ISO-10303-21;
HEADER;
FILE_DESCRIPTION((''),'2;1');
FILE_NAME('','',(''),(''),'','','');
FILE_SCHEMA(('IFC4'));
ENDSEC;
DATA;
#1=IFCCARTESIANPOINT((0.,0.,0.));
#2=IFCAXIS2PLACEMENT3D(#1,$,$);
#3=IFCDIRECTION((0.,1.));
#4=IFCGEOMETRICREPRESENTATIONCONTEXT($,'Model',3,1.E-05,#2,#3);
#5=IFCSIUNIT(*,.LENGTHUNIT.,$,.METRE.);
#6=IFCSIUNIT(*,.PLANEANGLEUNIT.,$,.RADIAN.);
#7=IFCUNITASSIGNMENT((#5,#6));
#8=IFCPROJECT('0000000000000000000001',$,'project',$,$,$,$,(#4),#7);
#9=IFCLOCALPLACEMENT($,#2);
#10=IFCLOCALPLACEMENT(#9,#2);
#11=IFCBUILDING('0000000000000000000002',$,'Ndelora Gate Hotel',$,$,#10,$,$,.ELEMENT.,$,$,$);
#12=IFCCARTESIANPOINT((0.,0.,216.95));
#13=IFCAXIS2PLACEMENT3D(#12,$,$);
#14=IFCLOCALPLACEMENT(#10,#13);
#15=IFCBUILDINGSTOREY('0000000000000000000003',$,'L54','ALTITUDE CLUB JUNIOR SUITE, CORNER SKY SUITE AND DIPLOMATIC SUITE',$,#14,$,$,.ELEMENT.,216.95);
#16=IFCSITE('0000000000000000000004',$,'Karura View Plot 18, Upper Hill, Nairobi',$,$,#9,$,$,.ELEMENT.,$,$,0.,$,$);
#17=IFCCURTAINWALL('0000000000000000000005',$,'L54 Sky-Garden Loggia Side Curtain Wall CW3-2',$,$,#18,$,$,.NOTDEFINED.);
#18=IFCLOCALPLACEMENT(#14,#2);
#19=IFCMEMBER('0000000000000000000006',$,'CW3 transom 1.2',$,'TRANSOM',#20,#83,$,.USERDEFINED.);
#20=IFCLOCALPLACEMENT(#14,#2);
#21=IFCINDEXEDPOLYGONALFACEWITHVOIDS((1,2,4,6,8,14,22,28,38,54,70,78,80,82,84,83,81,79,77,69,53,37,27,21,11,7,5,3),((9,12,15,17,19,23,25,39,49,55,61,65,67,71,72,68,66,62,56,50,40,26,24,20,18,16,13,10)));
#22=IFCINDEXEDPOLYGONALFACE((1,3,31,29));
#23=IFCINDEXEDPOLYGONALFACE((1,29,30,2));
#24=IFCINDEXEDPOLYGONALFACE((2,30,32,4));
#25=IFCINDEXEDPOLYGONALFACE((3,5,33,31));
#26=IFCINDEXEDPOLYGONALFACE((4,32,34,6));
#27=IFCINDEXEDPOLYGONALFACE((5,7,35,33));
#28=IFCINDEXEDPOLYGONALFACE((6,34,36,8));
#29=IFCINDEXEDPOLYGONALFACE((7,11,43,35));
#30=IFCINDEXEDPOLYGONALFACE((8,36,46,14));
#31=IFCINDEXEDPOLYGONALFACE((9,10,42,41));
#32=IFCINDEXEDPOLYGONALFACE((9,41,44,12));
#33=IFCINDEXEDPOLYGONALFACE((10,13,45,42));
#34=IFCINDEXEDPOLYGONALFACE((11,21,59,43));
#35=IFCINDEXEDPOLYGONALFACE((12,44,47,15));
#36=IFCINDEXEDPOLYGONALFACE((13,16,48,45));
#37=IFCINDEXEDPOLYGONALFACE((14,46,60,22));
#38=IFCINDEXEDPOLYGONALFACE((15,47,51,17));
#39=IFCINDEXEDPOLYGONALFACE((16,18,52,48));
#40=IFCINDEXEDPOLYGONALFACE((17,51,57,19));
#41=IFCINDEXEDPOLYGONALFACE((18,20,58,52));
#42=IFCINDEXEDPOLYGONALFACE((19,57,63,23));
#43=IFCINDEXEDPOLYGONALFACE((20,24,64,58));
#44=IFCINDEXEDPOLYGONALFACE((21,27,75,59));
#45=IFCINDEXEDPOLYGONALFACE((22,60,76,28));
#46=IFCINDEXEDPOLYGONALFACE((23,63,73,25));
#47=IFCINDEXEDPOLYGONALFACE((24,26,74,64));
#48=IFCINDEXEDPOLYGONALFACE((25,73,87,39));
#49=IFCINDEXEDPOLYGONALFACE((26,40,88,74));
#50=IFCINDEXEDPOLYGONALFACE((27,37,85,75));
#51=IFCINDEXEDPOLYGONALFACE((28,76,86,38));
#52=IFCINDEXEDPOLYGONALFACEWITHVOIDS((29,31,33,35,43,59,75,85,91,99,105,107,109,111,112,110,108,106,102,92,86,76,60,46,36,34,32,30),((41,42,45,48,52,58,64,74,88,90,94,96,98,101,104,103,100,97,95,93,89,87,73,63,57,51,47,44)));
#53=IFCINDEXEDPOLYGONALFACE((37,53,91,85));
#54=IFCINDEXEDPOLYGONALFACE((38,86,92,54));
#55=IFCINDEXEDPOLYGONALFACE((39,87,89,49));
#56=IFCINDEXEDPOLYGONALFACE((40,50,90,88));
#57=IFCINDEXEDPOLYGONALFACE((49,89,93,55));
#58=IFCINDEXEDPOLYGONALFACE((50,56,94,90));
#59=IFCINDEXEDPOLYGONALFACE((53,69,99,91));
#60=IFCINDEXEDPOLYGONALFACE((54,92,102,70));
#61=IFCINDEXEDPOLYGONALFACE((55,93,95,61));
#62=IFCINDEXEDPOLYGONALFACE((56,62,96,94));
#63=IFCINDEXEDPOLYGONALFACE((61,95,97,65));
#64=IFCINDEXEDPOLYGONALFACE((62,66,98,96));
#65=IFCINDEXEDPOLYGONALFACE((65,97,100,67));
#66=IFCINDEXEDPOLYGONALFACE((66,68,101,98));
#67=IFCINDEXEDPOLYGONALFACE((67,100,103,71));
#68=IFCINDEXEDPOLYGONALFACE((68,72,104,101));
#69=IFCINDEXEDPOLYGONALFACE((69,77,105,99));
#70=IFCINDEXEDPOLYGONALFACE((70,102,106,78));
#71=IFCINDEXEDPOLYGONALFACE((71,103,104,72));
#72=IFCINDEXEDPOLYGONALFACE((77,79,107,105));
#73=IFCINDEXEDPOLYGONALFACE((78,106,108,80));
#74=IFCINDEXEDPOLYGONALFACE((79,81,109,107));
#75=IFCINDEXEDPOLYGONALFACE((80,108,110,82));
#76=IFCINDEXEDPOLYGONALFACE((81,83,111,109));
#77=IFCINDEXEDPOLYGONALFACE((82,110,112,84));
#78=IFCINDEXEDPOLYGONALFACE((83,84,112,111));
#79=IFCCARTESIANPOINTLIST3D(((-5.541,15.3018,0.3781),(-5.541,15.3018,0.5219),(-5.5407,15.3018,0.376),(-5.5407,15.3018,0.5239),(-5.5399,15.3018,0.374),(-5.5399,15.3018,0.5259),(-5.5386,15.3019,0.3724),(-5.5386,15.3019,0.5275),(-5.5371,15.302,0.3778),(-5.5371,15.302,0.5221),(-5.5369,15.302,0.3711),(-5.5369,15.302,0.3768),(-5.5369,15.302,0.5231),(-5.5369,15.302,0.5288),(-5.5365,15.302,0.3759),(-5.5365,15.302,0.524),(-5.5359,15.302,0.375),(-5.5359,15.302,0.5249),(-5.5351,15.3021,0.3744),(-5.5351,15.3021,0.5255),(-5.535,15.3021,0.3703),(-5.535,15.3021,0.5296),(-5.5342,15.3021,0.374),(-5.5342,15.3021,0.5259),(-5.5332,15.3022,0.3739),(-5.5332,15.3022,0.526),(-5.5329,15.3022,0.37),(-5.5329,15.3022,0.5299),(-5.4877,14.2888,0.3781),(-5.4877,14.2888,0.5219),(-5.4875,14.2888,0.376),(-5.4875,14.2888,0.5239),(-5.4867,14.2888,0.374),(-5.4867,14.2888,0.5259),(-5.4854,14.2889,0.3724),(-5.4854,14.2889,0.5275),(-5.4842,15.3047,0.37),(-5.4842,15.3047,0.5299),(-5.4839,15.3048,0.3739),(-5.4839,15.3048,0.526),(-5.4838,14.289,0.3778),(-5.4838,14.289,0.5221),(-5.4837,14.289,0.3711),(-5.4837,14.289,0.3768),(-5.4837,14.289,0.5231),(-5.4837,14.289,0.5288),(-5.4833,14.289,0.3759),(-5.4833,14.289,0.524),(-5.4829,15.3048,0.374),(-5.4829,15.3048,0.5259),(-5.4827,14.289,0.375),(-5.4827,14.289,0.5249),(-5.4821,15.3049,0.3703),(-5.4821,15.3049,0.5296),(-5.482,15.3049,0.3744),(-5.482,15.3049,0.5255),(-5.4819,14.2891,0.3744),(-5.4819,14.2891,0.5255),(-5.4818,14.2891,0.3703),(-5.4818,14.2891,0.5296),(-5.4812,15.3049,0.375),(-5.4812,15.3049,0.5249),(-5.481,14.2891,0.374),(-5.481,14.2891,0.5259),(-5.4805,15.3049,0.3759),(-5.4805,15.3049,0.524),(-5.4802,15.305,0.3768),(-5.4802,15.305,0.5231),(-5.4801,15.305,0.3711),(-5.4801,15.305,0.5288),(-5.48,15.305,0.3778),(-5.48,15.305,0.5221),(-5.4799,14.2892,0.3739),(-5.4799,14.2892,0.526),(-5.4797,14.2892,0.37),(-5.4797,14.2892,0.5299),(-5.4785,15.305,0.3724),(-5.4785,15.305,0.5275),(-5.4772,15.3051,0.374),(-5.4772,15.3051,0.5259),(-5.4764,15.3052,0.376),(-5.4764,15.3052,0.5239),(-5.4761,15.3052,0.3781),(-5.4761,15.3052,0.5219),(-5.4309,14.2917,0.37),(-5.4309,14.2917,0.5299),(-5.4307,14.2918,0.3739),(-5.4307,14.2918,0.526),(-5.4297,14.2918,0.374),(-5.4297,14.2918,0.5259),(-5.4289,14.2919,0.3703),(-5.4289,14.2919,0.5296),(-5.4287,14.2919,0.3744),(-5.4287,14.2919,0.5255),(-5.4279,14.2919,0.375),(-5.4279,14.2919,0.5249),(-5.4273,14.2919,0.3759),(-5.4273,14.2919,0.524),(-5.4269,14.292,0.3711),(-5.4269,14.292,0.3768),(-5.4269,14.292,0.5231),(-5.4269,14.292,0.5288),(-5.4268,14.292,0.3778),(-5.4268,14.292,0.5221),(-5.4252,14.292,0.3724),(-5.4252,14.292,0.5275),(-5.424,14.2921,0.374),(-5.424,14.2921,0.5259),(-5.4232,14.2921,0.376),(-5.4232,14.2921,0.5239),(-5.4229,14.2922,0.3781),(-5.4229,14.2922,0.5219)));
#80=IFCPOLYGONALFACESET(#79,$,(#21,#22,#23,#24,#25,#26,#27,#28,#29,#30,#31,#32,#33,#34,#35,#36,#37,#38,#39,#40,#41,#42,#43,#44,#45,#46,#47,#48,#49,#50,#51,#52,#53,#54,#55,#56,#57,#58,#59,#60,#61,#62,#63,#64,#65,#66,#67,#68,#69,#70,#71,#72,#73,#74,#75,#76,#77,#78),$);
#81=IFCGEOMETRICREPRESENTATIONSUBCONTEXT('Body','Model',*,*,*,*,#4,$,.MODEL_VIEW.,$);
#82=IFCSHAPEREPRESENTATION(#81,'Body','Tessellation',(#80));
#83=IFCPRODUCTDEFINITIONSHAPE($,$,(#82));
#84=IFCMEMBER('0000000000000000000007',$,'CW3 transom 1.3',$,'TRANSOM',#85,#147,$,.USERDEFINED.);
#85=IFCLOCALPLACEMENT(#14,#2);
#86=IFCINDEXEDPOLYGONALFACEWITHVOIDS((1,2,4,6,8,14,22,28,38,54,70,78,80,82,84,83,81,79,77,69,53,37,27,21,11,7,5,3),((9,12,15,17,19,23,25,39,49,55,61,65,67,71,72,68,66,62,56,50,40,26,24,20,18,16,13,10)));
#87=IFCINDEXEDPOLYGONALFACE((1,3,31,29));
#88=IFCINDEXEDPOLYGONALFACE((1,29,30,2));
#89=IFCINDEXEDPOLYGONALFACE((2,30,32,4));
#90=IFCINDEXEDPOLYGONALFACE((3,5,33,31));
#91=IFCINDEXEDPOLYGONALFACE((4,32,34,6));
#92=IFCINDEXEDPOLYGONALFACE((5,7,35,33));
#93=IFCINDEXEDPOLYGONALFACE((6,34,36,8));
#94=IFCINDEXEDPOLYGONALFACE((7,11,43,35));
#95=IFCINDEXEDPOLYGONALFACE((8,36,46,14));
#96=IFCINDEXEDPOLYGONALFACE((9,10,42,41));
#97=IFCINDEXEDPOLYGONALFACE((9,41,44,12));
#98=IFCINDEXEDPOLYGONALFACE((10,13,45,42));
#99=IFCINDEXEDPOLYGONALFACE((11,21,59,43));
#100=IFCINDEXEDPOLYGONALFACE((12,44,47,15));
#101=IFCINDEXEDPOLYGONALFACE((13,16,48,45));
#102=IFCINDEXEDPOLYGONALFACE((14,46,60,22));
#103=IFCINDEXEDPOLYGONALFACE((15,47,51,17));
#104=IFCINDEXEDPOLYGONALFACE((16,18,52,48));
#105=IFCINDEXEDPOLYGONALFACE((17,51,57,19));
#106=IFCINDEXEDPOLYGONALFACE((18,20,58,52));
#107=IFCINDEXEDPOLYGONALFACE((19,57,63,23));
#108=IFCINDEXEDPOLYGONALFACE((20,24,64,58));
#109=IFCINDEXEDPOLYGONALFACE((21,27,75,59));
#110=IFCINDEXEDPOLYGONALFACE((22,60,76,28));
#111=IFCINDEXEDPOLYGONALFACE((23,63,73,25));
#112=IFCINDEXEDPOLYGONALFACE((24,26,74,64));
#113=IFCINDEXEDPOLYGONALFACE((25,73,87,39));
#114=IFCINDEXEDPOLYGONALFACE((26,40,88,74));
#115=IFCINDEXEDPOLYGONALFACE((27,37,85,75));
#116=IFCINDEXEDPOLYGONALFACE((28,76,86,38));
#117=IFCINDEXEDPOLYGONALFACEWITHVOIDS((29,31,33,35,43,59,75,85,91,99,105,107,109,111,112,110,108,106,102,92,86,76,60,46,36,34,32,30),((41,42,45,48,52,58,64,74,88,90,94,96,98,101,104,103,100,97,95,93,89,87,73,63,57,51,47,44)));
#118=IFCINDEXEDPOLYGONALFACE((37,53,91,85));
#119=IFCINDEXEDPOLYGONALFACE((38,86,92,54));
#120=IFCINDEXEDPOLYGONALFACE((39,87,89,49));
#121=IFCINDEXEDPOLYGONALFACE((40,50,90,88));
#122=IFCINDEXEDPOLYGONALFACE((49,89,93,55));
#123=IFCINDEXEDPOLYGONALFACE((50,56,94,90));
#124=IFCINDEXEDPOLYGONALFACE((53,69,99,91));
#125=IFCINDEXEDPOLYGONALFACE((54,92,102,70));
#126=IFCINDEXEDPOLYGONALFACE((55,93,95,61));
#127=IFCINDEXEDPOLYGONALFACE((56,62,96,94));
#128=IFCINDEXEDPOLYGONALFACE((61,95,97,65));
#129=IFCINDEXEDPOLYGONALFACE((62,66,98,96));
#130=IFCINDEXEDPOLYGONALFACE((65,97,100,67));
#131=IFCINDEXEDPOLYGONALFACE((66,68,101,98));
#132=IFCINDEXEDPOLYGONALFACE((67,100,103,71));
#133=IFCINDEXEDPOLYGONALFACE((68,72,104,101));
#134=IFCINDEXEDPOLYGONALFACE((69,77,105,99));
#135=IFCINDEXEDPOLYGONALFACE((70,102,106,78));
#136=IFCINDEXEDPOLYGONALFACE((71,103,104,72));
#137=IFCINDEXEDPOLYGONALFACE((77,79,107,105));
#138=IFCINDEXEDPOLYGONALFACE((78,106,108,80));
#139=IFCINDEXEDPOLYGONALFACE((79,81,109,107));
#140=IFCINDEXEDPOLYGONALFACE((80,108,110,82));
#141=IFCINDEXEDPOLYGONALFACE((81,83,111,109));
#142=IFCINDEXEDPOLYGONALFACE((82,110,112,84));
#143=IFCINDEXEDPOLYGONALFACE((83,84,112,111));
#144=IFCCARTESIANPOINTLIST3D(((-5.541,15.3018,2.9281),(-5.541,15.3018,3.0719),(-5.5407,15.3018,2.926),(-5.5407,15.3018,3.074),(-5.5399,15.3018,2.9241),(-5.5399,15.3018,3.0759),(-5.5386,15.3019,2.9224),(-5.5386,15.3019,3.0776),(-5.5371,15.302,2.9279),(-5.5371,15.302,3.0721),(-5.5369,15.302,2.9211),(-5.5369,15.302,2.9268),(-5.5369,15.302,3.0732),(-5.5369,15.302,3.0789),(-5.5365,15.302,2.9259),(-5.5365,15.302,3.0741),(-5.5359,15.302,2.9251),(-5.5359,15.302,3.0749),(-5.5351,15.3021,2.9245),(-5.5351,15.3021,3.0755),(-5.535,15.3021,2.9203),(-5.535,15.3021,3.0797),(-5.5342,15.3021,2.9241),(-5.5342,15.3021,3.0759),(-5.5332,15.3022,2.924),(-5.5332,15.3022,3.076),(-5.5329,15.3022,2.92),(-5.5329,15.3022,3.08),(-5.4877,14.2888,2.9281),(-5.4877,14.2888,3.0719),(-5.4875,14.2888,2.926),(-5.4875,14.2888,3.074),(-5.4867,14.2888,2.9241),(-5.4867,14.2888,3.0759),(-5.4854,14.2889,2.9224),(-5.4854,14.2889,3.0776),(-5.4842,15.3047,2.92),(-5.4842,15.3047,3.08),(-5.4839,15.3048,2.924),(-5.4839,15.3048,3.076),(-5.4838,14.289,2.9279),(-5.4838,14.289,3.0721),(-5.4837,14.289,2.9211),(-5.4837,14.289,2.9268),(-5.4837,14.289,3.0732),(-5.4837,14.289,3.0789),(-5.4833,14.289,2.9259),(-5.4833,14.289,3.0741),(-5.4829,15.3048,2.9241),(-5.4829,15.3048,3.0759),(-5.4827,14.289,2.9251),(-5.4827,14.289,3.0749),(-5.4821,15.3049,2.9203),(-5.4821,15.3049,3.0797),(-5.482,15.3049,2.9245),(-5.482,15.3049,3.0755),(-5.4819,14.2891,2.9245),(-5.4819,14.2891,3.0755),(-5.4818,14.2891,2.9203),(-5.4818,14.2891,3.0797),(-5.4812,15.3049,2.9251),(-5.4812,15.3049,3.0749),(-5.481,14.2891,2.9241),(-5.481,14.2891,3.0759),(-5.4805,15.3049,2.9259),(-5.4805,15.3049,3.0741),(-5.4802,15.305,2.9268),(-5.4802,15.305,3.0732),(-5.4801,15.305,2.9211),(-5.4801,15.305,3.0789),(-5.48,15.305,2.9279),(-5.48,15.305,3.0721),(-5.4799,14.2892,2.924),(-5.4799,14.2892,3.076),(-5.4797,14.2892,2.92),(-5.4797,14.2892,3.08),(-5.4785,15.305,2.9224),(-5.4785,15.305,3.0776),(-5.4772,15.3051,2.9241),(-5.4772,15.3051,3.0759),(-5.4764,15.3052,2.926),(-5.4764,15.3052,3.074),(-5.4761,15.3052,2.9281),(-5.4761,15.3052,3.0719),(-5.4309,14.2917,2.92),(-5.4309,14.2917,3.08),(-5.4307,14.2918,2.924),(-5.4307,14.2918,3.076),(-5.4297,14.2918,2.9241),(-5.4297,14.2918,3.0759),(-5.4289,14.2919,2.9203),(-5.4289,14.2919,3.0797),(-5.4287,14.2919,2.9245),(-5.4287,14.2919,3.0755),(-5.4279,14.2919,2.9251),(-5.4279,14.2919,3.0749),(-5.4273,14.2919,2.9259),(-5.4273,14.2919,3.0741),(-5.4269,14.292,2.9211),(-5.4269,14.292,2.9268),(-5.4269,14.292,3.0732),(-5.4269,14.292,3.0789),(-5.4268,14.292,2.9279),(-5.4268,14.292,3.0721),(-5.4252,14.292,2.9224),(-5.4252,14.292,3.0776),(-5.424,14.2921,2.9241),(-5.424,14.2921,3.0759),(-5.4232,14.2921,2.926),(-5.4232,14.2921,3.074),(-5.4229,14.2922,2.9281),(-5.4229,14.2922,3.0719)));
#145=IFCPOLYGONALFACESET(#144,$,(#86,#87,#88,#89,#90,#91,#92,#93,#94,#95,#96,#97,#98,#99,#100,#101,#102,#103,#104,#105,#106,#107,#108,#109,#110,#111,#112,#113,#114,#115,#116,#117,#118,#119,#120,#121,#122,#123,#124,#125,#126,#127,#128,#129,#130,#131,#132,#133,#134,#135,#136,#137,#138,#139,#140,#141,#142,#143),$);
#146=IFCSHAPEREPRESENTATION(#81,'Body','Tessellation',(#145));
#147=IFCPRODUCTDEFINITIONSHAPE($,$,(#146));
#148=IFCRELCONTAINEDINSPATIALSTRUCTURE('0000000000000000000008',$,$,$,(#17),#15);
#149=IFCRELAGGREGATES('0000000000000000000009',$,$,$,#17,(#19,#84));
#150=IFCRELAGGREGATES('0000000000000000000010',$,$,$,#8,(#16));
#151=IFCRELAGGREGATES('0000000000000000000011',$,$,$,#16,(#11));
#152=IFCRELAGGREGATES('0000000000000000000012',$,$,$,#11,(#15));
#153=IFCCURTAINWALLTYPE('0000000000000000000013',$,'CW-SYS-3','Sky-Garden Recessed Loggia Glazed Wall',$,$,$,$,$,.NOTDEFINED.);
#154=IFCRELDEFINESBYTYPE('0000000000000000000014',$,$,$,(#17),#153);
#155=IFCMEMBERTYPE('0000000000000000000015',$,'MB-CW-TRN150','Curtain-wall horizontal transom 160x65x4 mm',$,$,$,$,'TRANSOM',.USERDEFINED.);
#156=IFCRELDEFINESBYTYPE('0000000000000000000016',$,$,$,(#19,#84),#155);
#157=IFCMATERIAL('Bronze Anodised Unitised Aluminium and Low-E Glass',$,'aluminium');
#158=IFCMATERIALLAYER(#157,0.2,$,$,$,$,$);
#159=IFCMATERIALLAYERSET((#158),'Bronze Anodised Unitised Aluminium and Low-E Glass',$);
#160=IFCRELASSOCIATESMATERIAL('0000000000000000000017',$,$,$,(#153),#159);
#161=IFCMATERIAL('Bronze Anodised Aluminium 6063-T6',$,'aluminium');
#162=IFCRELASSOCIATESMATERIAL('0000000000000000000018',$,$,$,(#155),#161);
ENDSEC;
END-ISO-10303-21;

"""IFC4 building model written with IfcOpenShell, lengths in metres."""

from ifc_helpers import new_model, si_unit, direction, frame, origin, origin_2d, place, context, subcontext, project, spatial, hollow_rectangle, extrude, material, layer, layer_set, material_profile, profile_set, type_object, element, aggregate, save


model = new_model("IFC4")

# Units and contexts
model_context = context("Model", 3, precision=1e-05, world=origin(), true_north=direction((0.0, 1.0)))
body_context = subcontext(model_context, "Body", "Model", "MODEL_VIEW")
ifc_project = project(units=[si_unit("LENGTHUNIT", "METRE"), si_unit("PLANEANGLEUNIT", "RADIAN")], contexts=[model_context])

# Site, building, storey
site_placement = place(None, origin())
site = spatial("IfcSite", under=ifc_project, at=site_placement, Name="Karura View Plot 18, Upper Hill, Nairobi", CompositionType="ELEMENT", RefElevation=0.0)
building_placement = place(site_placement, origin())
building = spatial("IfcBuilding", under=site, at=building_placement, Name="Ndelora Gate Hotel", CompositionType="ELEMENT")
storey_placement = place(building_placement, frame((0.0, 0.0, 216.95)))
storey = spatial("IfcBuildingStorey", under=building, at=storey_placement, Name="L54", Description="ALTITUDE CLUB JUNIOR SUITE, CORNER SKY SUITE AND DIPLOMATIC SUITE", CompositionType="ELEMENT", Elevation=216.95)

# Curtain wall, members
ifc_material_1 = material(Name="Bronze Anodised Unitised Aluminium and Low-E Glass", Category="aluminium")
ifc_layer_1 = layer(ifc_material_1, 0.2)
ifc_layer_set_1 = layer_set([ifc_layer_1], Name="Bronze Anodised Unitised Aluminium and Low-E Glass")
curtain_wall_type = type_object("IfcCurtainWallType", Name="CW-SYS-3", Description="Sky-Garden Recessed Loggia Glazed Wall", PredefinedType="NOTDEFINED", material=ifc_layer_set_1)
curtain_wall_placement = place(storey_placement, origin())
curtain_wall = element("IfcCurtainWall", 1, at=curtain_wall_placement, inside=storey, type_object=curtain_wall_type, Name="L54 Sky-Garden Loggia Side Curtain Wall CW3-2", PredefinedType="NOTDEFINED")
ifc_material_2 = material(Name="Bronze Anodised Aluminium 6063-T6", Category="aluminium")
ifc_material_profile_1 = material_profile(ifc_material_2, hollow_rectangle(XDim=0.0649, YDim=0.1599, WallThickness=0.0039, InnerFilletRadius=0.0039, OuterFilletRadius=0.0081, at=origin_2d()), Name="ALU 160x65x4")
ifc_profile_set_1 = profile_set([ifc_material_profile_1], Name="Bronze Anodised Aluminium 6063-T6")
member_type_1 = type_object("IfcMemberType", Name="MB-CW-TRN150", Description="Curtain-wall horizontal transom 160x65x4 mm", ElementType="TRANSOM", PredefinedType="USERDEFINED", material=ifc_profile_set_1)
member_1_placement = place(storey_placement, frame((-5.5085, 15.3035, 0.45), z_axis=(0.05247, -0.998622, 0.0), x_axis=(0.998622, 0.05247, 0.0)))
member_1 = element("IfcMember", 2, at=member_1_placement, type_object=member_type_1, Name="CW3 transom 1.2", ObjectType="TRANSOM", PredefinedType="USERDEFINED", context=body_context, shape_type="SweptSolid", body=[
    extrude(hollow_rectangle(XDim=0.0649, YDim=0.1599, WallThickness=0.0039, InnerFilletRadius=0.0039, OuterFilletRadius=0.0081, at=origin_2d()), origin(), (0.0, 0.0, 1.0), 1.0144),
])
member_2_placement = place(storey_placement, frame((-5.5085, 15.3035, 3.0), z_axis=(0.05247, -0.998622, 0.0), x_axis=(0.998622, 0.05247, 0.0)))
member_2 = element("IfcMember", 3, at=member_2_placement, type_object=member_type_1, Name="CW3 transom 1.3", ObjectType="TRANSOM", PredefinedType="USERDEFINED", context=body_context, shape_type="SweptSolid", body=[
    extrude(hollow_rectangle(XDim=0.0649, YDim=0.1599, WallThickness=0.0039, InnerFilletRadius=0.0039, OuterFilletRadius=0.0081, at=origin_2d()), origin(), (0.0, 0.0, 1.0), 1.0144),
])
aggregate(curtain_wall, [member_1, member_2])

save(model, "model.ifc")
